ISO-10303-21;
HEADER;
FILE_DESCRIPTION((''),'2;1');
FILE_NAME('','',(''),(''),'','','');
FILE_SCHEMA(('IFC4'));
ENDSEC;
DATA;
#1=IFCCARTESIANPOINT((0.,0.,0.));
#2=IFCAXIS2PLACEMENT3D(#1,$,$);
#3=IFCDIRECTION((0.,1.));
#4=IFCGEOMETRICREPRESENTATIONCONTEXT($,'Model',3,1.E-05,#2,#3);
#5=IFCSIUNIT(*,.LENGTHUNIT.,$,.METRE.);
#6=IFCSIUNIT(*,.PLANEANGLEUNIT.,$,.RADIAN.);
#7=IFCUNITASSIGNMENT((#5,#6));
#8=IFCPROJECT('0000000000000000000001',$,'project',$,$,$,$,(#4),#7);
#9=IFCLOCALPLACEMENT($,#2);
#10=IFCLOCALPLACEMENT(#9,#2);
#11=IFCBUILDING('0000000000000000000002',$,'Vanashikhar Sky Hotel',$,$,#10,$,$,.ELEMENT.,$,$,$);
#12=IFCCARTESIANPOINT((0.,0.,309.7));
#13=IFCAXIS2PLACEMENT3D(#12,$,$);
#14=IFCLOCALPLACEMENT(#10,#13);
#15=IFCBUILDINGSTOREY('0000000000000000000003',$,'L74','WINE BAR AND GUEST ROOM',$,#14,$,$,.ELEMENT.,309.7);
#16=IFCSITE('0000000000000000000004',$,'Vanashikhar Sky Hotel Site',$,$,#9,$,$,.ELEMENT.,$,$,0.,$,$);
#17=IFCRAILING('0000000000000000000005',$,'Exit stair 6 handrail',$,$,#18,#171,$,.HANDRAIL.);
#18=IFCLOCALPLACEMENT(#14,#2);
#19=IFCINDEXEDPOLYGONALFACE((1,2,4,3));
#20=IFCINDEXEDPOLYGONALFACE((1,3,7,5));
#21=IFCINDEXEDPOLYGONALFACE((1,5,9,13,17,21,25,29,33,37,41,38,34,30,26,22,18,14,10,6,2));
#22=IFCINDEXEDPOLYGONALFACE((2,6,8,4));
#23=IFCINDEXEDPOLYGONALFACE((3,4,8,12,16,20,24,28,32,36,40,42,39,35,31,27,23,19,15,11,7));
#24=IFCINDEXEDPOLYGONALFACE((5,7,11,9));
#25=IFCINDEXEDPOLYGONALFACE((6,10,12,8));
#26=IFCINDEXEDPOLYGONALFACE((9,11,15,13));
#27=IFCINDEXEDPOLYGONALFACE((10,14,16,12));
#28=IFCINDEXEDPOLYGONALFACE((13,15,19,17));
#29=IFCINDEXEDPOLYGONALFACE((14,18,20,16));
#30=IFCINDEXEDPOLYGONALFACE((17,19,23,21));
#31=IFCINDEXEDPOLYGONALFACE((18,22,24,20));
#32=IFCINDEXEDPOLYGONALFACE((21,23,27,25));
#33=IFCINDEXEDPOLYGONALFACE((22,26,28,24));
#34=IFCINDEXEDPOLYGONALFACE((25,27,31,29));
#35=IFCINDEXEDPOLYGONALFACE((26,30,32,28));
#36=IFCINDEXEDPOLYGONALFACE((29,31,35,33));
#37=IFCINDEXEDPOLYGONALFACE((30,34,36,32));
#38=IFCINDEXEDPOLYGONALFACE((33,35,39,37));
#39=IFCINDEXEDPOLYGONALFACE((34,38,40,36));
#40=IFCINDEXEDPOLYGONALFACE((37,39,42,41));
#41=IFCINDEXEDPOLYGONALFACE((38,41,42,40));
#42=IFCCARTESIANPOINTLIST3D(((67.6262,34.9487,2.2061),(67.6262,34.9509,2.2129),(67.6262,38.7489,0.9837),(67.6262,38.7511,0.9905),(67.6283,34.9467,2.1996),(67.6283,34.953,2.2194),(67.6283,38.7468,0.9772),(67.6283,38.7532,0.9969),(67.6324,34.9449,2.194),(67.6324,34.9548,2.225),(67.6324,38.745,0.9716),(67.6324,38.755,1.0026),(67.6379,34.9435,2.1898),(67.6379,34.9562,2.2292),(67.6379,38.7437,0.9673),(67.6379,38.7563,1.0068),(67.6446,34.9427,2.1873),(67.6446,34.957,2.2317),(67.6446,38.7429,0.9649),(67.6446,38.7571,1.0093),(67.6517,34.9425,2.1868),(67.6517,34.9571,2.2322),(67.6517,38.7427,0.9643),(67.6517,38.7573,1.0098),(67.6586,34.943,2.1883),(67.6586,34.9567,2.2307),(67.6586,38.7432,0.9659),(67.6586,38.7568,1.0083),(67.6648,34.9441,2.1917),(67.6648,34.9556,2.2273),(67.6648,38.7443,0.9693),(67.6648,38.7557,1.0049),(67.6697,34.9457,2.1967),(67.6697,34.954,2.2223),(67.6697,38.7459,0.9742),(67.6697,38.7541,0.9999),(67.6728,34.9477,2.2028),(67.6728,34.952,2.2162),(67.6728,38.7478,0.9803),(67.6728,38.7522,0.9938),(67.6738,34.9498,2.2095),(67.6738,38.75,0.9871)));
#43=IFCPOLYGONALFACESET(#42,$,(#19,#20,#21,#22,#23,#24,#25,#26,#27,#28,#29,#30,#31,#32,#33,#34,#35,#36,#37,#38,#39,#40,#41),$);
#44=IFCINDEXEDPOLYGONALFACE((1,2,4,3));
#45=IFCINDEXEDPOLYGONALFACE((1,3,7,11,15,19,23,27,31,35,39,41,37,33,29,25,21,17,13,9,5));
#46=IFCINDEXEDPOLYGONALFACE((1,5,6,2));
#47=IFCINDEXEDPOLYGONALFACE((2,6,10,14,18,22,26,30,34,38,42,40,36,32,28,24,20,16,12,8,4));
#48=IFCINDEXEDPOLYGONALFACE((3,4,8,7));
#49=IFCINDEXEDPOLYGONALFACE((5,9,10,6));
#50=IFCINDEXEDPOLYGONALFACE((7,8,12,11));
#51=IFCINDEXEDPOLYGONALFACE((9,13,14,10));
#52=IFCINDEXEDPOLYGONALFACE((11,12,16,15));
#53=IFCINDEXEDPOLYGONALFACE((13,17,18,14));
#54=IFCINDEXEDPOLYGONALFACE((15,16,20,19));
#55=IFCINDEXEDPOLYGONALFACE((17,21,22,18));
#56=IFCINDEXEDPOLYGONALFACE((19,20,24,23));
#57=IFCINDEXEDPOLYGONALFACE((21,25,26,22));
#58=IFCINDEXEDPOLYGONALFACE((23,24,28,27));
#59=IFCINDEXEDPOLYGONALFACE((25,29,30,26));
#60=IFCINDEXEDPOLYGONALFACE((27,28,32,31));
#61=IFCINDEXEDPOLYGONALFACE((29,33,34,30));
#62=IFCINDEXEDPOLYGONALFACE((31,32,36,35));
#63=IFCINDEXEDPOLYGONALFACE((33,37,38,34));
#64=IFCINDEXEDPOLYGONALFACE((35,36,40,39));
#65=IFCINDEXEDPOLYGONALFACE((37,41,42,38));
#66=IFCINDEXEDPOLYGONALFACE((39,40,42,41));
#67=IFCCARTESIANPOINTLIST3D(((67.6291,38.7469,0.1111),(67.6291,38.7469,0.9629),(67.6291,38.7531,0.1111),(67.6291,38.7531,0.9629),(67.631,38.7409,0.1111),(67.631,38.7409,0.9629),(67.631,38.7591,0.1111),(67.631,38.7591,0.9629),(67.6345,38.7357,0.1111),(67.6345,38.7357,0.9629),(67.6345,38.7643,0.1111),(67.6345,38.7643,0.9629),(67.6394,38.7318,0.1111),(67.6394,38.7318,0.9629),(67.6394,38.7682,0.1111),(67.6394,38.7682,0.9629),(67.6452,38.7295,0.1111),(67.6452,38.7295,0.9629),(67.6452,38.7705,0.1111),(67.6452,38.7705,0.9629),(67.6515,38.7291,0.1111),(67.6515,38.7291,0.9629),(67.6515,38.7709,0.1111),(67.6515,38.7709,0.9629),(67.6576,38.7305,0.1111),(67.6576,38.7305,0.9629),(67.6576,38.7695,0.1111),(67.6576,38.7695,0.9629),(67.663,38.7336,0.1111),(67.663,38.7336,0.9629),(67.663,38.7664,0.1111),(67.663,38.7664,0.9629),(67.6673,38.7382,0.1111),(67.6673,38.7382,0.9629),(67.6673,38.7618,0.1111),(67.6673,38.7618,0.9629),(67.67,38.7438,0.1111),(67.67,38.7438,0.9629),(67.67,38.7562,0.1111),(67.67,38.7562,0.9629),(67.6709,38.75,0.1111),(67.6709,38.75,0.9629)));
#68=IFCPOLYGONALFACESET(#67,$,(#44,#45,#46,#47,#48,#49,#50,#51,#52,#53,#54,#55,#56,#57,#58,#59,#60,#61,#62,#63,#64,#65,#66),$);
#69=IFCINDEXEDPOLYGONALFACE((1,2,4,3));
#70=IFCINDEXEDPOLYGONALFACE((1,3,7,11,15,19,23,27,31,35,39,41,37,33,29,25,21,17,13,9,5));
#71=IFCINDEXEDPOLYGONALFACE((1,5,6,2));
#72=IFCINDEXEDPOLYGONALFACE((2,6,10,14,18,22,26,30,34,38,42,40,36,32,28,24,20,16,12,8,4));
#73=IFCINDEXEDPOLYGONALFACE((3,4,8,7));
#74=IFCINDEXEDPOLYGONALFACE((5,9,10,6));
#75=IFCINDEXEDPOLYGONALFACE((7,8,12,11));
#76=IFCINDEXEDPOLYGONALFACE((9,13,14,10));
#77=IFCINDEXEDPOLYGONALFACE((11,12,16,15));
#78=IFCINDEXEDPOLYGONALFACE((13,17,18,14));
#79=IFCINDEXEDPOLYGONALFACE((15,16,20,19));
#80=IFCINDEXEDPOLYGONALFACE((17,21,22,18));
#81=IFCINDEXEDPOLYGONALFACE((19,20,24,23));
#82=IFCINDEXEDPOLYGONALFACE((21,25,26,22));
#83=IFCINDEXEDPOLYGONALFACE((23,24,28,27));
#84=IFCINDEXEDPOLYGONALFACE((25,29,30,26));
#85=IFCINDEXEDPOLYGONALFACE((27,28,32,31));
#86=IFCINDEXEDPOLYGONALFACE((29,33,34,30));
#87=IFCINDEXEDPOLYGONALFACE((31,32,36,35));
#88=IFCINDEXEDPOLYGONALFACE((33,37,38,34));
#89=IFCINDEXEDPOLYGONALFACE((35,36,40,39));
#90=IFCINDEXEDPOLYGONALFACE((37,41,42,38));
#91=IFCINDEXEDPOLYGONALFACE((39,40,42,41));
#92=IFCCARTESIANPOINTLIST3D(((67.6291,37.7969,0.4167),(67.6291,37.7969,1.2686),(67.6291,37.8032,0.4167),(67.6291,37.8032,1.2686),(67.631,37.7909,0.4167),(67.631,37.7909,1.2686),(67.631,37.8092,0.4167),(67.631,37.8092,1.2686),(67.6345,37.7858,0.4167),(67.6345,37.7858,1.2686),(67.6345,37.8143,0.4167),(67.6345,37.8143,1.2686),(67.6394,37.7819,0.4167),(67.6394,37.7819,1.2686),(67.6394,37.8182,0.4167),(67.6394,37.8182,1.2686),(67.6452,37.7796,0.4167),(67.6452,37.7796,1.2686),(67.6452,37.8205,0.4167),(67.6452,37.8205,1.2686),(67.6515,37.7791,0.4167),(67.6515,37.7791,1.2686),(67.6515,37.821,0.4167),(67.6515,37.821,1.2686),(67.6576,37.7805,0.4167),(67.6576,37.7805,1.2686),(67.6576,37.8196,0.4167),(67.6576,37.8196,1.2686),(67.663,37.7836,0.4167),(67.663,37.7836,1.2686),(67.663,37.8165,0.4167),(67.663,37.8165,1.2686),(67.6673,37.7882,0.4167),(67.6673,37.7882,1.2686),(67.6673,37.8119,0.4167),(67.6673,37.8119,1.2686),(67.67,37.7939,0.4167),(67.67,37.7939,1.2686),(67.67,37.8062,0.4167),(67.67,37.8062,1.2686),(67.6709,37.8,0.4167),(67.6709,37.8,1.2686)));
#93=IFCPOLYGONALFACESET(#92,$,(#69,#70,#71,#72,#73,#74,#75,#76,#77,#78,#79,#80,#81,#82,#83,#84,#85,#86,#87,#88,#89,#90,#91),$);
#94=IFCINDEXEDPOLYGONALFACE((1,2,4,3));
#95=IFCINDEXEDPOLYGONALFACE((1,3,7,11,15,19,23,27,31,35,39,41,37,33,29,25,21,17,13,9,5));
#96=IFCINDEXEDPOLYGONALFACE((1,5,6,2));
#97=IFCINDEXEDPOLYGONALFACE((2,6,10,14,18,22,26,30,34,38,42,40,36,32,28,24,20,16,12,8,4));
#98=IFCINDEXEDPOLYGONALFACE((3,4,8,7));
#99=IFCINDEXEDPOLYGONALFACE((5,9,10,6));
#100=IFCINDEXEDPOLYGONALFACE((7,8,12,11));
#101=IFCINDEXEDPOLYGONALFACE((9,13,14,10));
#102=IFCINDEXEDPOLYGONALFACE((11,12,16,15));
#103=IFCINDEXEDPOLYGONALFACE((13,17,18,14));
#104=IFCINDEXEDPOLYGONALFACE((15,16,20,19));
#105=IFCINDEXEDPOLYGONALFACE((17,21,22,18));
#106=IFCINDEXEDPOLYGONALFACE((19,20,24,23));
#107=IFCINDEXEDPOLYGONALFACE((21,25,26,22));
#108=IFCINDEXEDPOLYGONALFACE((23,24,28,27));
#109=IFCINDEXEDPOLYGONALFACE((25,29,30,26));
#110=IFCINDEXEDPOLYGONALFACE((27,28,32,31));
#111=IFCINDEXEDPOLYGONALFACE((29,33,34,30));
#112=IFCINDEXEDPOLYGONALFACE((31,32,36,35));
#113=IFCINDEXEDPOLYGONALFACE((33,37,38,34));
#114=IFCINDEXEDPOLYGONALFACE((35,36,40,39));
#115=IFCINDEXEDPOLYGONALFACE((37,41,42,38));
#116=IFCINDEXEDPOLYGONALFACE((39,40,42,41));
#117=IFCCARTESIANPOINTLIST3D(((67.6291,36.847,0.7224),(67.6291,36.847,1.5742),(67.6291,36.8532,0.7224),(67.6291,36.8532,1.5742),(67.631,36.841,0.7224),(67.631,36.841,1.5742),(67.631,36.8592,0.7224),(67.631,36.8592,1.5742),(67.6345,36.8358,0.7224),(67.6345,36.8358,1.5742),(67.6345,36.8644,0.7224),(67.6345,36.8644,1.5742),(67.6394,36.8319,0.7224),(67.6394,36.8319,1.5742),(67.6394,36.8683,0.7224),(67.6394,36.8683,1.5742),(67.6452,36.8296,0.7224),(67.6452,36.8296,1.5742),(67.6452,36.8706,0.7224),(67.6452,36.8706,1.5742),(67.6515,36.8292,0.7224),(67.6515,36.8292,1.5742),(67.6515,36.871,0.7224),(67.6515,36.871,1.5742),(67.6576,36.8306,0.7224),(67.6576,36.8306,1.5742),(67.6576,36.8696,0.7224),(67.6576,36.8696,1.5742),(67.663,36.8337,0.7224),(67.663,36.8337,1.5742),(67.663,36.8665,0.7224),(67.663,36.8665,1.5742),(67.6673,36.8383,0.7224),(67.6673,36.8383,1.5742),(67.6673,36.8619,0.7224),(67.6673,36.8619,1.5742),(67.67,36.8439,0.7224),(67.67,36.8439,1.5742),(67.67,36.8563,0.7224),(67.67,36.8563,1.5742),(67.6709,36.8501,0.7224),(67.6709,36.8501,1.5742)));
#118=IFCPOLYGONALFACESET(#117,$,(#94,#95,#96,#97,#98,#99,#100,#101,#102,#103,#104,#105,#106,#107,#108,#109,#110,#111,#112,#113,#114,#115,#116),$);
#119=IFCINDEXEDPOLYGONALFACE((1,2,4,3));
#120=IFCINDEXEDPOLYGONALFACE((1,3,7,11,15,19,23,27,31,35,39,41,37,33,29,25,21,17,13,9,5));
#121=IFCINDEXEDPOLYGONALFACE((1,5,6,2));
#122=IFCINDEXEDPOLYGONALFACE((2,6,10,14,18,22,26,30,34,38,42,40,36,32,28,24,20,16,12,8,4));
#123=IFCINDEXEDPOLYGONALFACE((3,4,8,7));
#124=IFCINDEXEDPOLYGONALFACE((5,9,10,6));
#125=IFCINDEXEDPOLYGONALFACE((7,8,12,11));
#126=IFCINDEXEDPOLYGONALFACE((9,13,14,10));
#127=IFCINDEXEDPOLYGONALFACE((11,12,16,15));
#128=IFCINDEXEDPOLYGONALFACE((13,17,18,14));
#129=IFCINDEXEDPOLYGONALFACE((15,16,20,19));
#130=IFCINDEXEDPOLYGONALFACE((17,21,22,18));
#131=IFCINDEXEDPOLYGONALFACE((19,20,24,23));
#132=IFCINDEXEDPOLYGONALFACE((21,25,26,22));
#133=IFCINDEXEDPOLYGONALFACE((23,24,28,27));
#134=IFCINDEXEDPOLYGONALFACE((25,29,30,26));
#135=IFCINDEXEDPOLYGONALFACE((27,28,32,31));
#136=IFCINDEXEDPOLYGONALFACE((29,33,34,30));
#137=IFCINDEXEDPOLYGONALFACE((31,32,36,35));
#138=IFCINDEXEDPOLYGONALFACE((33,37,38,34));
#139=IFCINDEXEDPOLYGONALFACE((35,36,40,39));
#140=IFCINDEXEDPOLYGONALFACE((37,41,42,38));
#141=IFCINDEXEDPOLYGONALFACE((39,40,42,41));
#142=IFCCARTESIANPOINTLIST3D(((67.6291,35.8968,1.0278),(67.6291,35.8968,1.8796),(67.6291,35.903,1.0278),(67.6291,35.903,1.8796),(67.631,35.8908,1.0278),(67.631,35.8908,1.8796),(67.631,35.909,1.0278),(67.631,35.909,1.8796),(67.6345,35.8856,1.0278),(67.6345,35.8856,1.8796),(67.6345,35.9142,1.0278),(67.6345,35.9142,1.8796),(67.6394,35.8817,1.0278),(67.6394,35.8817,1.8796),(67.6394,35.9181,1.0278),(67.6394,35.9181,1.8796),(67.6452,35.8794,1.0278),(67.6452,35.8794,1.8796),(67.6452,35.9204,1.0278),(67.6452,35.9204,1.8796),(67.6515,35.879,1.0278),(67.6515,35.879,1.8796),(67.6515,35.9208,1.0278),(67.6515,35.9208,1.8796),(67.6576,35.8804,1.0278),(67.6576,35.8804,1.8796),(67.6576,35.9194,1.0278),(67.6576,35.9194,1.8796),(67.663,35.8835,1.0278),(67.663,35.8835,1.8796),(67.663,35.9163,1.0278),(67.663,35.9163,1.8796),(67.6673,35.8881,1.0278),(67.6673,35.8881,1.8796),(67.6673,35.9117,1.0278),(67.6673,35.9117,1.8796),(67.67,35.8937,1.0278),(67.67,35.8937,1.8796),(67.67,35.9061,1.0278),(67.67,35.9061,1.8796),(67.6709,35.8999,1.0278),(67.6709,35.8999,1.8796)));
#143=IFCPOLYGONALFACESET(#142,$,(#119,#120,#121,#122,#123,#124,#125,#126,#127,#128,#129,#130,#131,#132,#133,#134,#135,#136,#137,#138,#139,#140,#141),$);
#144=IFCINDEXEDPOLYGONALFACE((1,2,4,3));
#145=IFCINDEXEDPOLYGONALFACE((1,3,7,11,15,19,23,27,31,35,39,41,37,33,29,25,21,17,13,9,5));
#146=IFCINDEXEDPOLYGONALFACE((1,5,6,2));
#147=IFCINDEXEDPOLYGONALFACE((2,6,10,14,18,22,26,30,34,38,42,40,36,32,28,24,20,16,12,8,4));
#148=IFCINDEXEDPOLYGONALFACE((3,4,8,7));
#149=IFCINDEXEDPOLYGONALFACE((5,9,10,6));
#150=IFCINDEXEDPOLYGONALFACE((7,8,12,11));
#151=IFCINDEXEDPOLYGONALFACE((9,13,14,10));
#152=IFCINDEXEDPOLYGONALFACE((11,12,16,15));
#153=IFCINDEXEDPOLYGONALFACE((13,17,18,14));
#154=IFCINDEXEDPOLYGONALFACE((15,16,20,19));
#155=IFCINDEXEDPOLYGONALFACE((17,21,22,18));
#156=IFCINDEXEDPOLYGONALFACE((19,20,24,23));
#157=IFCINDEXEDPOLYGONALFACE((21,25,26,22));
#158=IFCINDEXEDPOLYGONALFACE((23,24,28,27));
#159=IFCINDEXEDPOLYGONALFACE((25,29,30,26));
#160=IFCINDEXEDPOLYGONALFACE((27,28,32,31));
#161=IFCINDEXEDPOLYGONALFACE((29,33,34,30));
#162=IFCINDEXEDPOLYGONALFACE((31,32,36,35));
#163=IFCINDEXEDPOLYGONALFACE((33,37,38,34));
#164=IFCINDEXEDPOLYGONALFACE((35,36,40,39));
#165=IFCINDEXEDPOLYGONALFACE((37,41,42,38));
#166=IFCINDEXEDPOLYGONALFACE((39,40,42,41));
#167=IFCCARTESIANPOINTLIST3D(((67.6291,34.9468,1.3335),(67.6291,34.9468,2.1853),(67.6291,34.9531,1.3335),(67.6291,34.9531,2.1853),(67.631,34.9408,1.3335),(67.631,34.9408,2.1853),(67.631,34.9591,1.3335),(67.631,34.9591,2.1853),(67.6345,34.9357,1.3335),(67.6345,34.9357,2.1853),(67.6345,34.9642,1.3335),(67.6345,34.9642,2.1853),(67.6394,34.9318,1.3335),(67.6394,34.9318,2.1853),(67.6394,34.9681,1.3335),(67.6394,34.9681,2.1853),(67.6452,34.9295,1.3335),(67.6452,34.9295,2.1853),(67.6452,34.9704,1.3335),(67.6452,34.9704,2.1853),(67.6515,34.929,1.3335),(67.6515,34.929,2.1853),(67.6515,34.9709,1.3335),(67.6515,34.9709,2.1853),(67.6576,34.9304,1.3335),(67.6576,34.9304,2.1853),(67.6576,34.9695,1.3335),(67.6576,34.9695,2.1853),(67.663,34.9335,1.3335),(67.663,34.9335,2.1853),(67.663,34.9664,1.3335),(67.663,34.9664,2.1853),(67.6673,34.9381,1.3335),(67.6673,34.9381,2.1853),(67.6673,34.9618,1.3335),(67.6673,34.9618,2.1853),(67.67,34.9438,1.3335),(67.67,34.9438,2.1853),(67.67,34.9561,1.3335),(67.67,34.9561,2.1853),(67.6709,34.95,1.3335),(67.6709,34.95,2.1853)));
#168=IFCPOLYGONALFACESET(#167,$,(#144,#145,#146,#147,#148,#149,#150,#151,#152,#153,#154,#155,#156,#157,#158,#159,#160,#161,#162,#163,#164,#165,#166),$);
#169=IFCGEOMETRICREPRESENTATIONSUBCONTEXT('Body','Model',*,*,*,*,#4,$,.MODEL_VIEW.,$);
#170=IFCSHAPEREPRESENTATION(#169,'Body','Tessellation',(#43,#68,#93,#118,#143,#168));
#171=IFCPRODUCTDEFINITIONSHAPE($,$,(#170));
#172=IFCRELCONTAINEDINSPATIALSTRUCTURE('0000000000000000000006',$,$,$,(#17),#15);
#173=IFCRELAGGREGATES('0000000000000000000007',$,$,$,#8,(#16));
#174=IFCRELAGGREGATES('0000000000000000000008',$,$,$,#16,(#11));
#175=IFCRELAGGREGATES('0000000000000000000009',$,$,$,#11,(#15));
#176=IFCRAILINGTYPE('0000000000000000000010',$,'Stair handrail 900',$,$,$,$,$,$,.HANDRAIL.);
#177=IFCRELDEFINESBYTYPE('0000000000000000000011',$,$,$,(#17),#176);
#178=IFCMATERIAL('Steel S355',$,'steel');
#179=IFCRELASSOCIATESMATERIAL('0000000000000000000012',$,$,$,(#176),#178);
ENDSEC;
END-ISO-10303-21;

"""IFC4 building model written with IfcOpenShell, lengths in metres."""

from ifc_helpers import new_model, si_unit, direction, frame, origin, origin_2d, place, context, subcontext, project, spatial, circle, extrude, source, transform, mapped, material, type_object, element, save


model = new_model("IFC4")

# Units and contexts
model_context = context("Model", 3, precision=1e-05, world=origin(), true_north=direction((0.0, 1.0)))
body_context = subcontext(model_context, "Body", "Model", "MODEL_VIEW")
ifc_project = project(units=[si_unit("LENGTHUNIT", "METRE"), si_unit("PLANEANGLEUNIT", "RADIAN")], contexts=[model_context])

# Site, building, storey
site_placement = place(None, origin())
site = spatial("IfcSite", under=ifc_project, at=site_placement, Name="Vanashikhar Sky Hotel Site", CompositionType="ELEMENT", RefElevation=0.0)
building_placement = place(site_placement, origin())
building = spatial("IfcBuilding", under=site, at=building_placement, Name="Vanashikhar Sky Hotel", CompositionType="ELEMENT")
storey_placement = place(building_placement, frame((0.0, 0.0, 309.7)))
storey = spatial("IfcBuildingStorey", under=building, at=storey_placement, Name="L74", Description="WINE BAR AND GUEST ROOM", CompositionType="ELEMENT", Elevation=309.7)

# Railing
ifc_material_1 = material(Name="Steel S355", Category="steel")
railing_type_1 = type_object("IfcRailingType", Name="Stair handrail 900", PredefinedType="HANDRAIL", material=ifc_material_1)
shared_shape_1 = source(origin(), body_context, "Body", "SweptSolid", [
    extrude(circle(Radius=0.0239, at=origin_2d()), frame((0.0, 0.0, 0.876), z_axis=(0.0, -0.951958, 0.306229), x_axis=(1.0, 0.0, 0.0)), (0.0, 0.0, 1.0), 3.9919),
    extrude(circle(Radius=0.021, at=origin_2d()), origin(), (0.0, 0.0, 1.0), 0.8518),
    extrude(circle(Radius=0.021, at=origin_2d()), frame((0.0, -0.95, 0.3057)), (0.0, 0.0, 1.0), 0.8518),
    extrude(circle(Radius=0.021, at=origin_2d()), frame((0.0, -1.8999, 0.6113)), (0.0, 0.0, 1.0), 0.8518),
    extrude(circle(Radius=0.021, at=origin_2d()), frame((0.0, -2.8501, 0.9167)), (0.0, 0.0, 1.0), 0.8518),
    extrude(circle(Radius=0.021, at=origin_2d()), frame((0.0, -3.8, 1.2224)), (0.0, 0.0, 1.0), 0.8518),
])
for number, where, name in (
    (1, (67.6499, 38.75, 0.1111), "Exit stair 6 handrail"),
):
    element("IfcRailing", number, at=place(storey_placement, frame(where)), inside=storey, type_object=railing_type_1, Name=name, PredefinedType="HANDRAIL", context=body_context, shape_type="MappedRepresentation", body=[
        mapped(shared_shape_1, transform((0.0, 0.0, 0.0), scale=1.0)),
    ])

save(model, "model.ifc")
